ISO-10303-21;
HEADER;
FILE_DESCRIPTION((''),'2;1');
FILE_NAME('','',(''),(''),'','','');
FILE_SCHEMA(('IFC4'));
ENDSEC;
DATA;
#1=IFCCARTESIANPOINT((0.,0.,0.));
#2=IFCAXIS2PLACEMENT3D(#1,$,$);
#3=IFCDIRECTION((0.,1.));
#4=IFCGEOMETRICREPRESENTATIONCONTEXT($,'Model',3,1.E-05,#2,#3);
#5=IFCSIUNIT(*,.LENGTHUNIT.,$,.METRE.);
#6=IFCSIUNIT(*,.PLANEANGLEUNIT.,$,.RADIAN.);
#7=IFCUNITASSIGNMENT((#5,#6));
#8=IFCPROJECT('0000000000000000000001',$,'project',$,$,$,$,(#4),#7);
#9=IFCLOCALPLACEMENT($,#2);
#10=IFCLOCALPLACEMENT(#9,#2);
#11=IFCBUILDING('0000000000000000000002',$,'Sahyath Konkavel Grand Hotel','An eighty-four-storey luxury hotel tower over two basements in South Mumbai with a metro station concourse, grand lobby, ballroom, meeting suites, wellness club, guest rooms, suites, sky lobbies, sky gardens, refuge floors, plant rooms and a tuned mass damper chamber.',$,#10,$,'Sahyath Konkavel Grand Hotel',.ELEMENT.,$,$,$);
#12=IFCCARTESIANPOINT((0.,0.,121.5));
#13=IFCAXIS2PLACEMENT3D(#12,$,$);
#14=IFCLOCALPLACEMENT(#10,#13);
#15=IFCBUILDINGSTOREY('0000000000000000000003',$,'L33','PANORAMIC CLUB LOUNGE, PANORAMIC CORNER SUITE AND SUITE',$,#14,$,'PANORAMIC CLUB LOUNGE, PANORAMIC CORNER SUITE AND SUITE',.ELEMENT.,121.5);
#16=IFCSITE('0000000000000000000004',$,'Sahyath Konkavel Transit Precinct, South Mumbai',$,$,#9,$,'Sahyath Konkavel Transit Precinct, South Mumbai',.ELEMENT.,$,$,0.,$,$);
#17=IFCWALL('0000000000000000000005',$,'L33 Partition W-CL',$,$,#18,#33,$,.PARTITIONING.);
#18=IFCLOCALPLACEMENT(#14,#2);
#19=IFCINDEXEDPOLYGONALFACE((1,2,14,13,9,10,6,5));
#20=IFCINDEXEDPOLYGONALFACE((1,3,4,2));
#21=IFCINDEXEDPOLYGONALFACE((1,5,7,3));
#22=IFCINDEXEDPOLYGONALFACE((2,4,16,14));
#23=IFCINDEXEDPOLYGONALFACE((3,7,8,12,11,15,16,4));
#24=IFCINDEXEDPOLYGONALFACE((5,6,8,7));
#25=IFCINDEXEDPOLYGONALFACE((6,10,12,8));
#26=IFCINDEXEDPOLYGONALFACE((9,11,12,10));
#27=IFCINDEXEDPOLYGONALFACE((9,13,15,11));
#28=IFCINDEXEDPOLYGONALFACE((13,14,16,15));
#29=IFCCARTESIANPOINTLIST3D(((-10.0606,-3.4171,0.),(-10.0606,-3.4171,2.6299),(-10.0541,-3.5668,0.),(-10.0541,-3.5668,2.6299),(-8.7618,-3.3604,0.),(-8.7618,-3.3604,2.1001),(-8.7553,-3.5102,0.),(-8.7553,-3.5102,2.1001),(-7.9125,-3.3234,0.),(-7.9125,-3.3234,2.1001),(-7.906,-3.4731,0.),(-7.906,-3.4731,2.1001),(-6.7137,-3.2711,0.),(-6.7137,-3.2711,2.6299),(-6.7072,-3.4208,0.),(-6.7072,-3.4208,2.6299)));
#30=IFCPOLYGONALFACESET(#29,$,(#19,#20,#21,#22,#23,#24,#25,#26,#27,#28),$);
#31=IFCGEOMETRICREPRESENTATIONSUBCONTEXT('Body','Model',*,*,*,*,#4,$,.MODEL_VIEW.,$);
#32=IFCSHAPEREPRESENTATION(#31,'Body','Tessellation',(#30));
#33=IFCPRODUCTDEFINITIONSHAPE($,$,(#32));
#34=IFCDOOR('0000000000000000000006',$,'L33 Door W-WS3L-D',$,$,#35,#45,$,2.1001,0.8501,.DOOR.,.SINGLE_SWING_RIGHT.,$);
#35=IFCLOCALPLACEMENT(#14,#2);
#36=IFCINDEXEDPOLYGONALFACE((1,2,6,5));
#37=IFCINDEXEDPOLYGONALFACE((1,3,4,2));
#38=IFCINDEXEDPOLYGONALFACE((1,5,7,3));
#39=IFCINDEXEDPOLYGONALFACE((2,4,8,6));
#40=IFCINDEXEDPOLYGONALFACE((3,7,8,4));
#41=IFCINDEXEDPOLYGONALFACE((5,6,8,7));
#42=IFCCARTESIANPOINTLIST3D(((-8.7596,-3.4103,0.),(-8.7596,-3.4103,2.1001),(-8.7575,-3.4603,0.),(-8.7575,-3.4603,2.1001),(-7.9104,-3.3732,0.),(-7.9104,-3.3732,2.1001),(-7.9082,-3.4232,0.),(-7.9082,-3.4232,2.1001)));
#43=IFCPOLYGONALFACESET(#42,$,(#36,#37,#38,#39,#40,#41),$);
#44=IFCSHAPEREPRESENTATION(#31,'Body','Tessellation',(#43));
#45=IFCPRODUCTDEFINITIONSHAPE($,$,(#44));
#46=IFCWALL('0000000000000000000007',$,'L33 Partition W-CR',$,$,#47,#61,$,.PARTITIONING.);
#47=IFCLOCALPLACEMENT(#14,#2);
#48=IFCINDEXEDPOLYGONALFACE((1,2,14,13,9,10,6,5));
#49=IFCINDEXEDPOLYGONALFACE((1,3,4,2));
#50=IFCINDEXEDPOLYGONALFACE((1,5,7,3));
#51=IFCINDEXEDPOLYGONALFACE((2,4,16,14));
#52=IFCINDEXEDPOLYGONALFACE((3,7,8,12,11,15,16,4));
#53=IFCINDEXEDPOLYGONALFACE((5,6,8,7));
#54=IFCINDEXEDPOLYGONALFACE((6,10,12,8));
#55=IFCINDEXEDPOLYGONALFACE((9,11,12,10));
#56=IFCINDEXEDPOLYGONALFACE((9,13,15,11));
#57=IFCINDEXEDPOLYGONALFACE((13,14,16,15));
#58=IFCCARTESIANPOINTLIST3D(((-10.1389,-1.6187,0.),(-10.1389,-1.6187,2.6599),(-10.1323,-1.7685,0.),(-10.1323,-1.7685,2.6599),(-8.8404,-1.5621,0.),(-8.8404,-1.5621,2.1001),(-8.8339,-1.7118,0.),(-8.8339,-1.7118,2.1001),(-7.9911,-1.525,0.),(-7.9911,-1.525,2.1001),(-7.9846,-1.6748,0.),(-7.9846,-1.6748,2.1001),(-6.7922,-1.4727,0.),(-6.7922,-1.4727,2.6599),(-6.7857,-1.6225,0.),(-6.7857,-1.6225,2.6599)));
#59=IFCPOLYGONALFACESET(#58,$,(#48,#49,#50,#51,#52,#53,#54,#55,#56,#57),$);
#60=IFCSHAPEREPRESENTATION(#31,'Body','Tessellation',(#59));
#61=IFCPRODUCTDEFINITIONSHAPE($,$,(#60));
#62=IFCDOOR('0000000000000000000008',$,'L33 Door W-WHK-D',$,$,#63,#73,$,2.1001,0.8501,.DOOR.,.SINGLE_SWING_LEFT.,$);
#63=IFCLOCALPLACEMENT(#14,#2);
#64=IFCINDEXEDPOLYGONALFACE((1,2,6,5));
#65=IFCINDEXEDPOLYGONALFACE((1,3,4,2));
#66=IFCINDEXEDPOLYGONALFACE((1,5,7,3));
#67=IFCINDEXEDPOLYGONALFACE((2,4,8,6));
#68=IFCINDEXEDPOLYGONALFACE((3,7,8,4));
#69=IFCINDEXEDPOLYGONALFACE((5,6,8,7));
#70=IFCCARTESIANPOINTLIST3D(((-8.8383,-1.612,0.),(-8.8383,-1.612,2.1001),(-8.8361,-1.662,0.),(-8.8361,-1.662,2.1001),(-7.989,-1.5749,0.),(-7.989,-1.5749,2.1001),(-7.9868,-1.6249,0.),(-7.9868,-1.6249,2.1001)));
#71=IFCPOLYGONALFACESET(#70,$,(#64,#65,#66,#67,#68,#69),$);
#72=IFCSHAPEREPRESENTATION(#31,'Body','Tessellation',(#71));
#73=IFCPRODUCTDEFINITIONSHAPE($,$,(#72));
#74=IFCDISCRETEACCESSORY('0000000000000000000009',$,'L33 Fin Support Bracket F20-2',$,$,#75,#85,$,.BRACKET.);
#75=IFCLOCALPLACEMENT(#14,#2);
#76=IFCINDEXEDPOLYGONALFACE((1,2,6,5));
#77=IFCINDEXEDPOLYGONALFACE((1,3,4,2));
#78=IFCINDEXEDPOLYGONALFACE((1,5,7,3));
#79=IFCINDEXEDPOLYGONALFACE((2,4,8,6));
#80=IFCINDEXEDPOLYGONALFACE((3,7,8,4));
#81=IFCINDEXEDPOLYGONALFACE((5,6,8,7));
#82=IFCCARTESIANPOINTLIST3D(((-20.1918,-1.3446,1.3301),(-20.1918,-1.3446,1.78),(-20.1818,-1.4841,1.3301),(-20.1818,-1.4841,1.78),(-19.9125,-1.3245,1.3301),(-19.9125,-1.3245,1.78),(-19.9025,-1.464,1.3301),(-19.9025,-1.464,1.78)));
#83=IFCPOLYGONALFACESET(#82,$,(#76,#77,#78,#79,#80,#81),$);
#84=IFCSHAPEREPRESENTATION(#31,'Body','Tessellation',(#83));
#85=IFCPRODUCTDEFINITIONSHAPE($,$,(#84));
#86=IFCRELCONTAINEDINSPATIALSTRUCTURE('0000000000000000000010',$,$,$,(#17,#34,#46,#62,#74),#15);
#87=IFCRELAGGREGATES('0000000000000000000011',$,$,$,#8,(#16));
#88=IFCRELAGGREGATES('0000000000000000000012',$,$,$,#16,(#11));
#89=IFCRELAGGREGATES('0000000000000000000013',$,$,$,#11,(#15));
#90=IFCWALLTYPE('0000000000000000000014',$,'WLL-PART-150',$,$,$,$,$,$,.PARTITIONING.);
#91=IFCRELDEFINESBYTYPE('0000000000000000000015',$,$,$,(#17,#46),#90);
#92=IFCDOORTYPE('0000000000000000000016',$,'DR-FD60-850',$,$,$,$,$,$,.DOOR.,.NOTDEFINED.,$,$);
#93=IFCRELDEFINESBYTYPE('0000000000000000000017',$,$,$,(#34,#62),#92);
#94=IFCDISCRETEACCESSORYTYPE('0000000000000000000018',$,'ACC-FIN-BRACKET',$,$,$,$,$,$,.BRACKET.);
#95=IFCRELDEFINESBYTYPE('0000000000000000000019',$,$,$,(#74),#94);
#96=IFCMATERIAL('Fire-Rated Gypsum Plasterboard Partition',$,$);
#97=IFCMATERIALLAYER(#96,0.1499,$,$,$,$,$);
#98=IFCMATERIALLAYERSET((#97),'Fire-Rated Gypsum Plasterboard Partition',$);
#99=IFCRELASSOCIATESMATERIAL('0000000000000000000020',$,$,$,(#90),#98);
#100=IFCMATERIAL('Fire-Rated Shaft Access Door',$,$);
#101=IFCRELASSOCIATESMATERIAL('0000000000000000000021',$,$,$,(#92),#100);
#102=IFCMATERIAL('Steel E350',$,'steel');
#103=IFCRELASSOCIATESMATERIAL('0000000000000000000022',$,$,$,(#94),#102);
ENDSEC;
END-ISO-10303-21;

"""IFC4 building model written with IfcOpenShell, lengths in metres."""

from ifc_helpers import new_model, si_unit, direction, frame, frame_2d, origin, origin_2d, place, context, subcontext, project, spatial, rectangle, extrude, source, transform, mapped, material, layer, layer_set, type_object, element, fill, save


model = new_model("IFC4")

# Units and contexts
model_context = context("Model", 3, precision=1e-05, world=origin(), true_north=direction((0.0, 1.0)))
body_context = subcontext(model_context, "Body", "Model", "MODEL_VIEW")
ifc_project = project(units=[si_unit("LENGTHUNIT", "METRE"), si_unit("PLANEANGLEUNIT", "RADIAN")], contexts=[model_context])

# Site, building, storey
site_placement = place(None, origin())
site = spatial("IfcSite", under=ifc_project, at=site_placement, Name="Sahyath Konkavel Transit Precinct, South Mumbai", LongName="Sahyath Konkavel Transit Precinct, South Mumbai", CompositionType="ELEMENT", RefElevation=0.0)
building_placement = place(site_placement, origin())
building = spatial("IfcBuilding", under=site, at=building_placement, Name="Sahyath Konkavel Grand Hotel", Description="An eighty-four-storey luxury hotel tower over two basements in South Mumbai with a metro station concourse, grand lobby, ballroom, meeting suites, wellness club, guest rooms, suites, sky lobbies, sky gardens, refuge floors, plant rooms and a tuned mass damper chamber.", LongName="Sahyath Konkavel Grand Hotel", CompositionType="ELEMENT")
storey_placement = place(building_placement, frame((0.0, 0.0, 121.5)))
storey = spatial("IfcBuildingStorey", under=building, at=storey_placement, Name="L33", Description="PANORAMIC CLUB LOUNGE, PANORAMIC CORNER SUITE AND SUITE", LongName="PANORAMIC CLUB LOUNGE, PANORAMIC CORNER SUITE AND SUITE", CompositionType="ELEMENT", Elevation=121.5)

# Shared definitions
ifc_material_1 = material(Name="Steel E350", Category="steel")

# Walls, openings, doors
ifc_material_2 = material(Name="Fire-Rated Gypsum Plasterboard Partition")
ifc_layer_1 = layer(ifc_material_2, 0.1499)
ifc_layer_set_1 = layer_set([ifc_layer_1], Name="Fire-Rated Gypsum Plasterboard Partition")
wall_type_1 = type_object("IfcWallType", Name="WLL-PART-150", PredefinedType="PARTITIONING", material=ifc_layer_set_1)
wall_1_placement = place(storey_placement, frame((-6.7104, -3.3459, 0.0), z_axis=(0.0, 0.0, 1.0), x_axis=(-0.99905, -0.04358, 0.0)))
wall_1 = element("IfcWall", 1, at=wall_1_placement, inside=storey, type_object=wall_type_1, Name="L33 Partition W-CL", PredefinedType="PARTITIONING", context=body_context, shape_type="SweptSolid", body=[
    extrude(rectangle(XDim=3.3501, YDim=0.1499, at=frame_2d((1.675, 0.0))), origin(), (0.0, 0.0, 1.0), 2.6299),
])
opening_1_placement = place(wall_1_placement, frame((1.2, 0.0, 0.0)))
opening_1 = element("IfcOpeningElement", 2, at=opening_1_placement, cuts=wall_1, PredefinedType="OPENING", context=body_context, shape_type="SweptSolid", body=[
    extrude(rectangle(XDim=0.8501, YDim=2.1001, at=frame_2d((0.425, 1.05))), frame((0.0, 0.085, 0.0), z_axis=(0.0, -1.0, 0.0), x_axis=(1.0, 0.0, 0.0)), (0.0, 0.0, 1.0), 0.1699),
])
ifc_material_3 = material(Name="Fire-Rated Shaft Access Door")
door_type = type_object("IfcDoorType", Name="DR-FD60-850", OperationType="NOTDEFINED", PredefinedType="DOOR", material=ifc_material_3)
shared_shape_1 = source(origin(), body_context, "Body", "SweptSolid", [
    extrude(rectangle(XDim=0.8501, YDim=0.05, at=origin_2d()), origin(), (0.0, 0.0, 1.0), 2.1001),
])
door_1_placement = place(opening_1_placement, frame((0.425, 0.0, 0.0)))
door_1 = element("IfcDoor", 3, at=door_1_placement, inside=storey, type_object=door_type, Name="L33 Door W-WS3L-D", OperationType="SINGLE_SWING_RIGHT", OverallHeight=2.1001, OverallWidth=0.8501, PredefinedType="DOOR", context=body_context, shape_type="MappedRepresentation", body=[
    mapped(shared_shape_1, transform((0.0, 0.0, 0.0), scale=1.0)),
])
fill(opening_1, door_1)
wall_2_placement = place(storey_placement, frame((-6.7891, -1.5476, 0.0), z_axis=(0.0, 0.0, 1.0), x_axis=(-0.99905, -0.043583, 0.0)))
wall_2 = element("IfcWall", 4, at=wall_2_placement, inside=storey, type_object=wall_type_1, Name="L33 Partition W-CR", PredefinedType="PARTITIONING", context=body_context, shape_type="SweptSolid", body=[
    extrude(rectangle(XDim=3.3499, YDim=0.1499, at=frame_2d((1.6748, 0.0))), origin(), (0.0, 0.0, 1.0), 2.6599),
])
opening_2_placement = place(wall_2_placement, frame((1.2, 0.0, 0.0)))
opening_2 = element("IfcOpeningElement", 5, at=opening_2_placement, cuts=wall_2, PredefinedType="OPENING", context=body_context, shape_type="SweptSolid", body=[
    extrude(rectangle(XDim=0.8501, YDim=2.1001, at=frame_2d((0.425, 1.05))), frame((0.0, 0.085, 0.0), z_axis=(0.0, -1.0, 0.0), x_axis=(1.0, 0.0, 0.0)), (0.0, 0.0, 1.0), 0.1699),
])
door_2_placement = place(opening_2_placement, frame((0.425, 0.0, 0.0)))
door_2 = element("IfcDoor", 6, at=door_2_placement, inside=storey, type_object=door_type, Name="L33 Door W-WHK-D", OperationType="SINGLE_SWING_LEFT", OverallHeight=2.1001, OverallWidth=0.8501, PredefinedType="DOOR", context=body_context, shape_type="MappedRepresentation", body=[
    mapped(shared_shape_1, transform((0.0, 0.0, 0.0), scale=1.0)),
])
fill(opening_2, door_2)

# Discrete accessory
discrete_accessory_type = type_object("IfcDiscreteAccessoryType", Name="ACC-FIN-BRACKET", PredefinedType="BRACKET", material=ifc_material_1)
shared_shape_2 = source(origin(), body_context, "Body", "SweptSolid", [
    extrude(rectangle(XDim=0.28, YDim=0.1399, at=origin_2d()), origin(), (0.0, 0.0, 1.0), 0.45),
])
discrete_accessory_placement = place(storey_placement, frame((-20.0471, -1.4043, 1.3301), z_axis=(0.0, 0.0, 1.0), x_axis=(-0.997436, -0.071567, 0.0)))
element("IfcDiscreteAccessory", 7, at=discrete_accessory_placement, inside=storey, type_object=discrete_accessory_type, Name="L33 Fin Support Bracket F20-2", PredefinedType="BRACKET", context=body_context, shape_type="MappedRepresentation", body=[
    mapped(shared_shape_2, transform((0.0, 0.0, 0.0), scale=1.0)),
])

save(model, "model.ifc")
